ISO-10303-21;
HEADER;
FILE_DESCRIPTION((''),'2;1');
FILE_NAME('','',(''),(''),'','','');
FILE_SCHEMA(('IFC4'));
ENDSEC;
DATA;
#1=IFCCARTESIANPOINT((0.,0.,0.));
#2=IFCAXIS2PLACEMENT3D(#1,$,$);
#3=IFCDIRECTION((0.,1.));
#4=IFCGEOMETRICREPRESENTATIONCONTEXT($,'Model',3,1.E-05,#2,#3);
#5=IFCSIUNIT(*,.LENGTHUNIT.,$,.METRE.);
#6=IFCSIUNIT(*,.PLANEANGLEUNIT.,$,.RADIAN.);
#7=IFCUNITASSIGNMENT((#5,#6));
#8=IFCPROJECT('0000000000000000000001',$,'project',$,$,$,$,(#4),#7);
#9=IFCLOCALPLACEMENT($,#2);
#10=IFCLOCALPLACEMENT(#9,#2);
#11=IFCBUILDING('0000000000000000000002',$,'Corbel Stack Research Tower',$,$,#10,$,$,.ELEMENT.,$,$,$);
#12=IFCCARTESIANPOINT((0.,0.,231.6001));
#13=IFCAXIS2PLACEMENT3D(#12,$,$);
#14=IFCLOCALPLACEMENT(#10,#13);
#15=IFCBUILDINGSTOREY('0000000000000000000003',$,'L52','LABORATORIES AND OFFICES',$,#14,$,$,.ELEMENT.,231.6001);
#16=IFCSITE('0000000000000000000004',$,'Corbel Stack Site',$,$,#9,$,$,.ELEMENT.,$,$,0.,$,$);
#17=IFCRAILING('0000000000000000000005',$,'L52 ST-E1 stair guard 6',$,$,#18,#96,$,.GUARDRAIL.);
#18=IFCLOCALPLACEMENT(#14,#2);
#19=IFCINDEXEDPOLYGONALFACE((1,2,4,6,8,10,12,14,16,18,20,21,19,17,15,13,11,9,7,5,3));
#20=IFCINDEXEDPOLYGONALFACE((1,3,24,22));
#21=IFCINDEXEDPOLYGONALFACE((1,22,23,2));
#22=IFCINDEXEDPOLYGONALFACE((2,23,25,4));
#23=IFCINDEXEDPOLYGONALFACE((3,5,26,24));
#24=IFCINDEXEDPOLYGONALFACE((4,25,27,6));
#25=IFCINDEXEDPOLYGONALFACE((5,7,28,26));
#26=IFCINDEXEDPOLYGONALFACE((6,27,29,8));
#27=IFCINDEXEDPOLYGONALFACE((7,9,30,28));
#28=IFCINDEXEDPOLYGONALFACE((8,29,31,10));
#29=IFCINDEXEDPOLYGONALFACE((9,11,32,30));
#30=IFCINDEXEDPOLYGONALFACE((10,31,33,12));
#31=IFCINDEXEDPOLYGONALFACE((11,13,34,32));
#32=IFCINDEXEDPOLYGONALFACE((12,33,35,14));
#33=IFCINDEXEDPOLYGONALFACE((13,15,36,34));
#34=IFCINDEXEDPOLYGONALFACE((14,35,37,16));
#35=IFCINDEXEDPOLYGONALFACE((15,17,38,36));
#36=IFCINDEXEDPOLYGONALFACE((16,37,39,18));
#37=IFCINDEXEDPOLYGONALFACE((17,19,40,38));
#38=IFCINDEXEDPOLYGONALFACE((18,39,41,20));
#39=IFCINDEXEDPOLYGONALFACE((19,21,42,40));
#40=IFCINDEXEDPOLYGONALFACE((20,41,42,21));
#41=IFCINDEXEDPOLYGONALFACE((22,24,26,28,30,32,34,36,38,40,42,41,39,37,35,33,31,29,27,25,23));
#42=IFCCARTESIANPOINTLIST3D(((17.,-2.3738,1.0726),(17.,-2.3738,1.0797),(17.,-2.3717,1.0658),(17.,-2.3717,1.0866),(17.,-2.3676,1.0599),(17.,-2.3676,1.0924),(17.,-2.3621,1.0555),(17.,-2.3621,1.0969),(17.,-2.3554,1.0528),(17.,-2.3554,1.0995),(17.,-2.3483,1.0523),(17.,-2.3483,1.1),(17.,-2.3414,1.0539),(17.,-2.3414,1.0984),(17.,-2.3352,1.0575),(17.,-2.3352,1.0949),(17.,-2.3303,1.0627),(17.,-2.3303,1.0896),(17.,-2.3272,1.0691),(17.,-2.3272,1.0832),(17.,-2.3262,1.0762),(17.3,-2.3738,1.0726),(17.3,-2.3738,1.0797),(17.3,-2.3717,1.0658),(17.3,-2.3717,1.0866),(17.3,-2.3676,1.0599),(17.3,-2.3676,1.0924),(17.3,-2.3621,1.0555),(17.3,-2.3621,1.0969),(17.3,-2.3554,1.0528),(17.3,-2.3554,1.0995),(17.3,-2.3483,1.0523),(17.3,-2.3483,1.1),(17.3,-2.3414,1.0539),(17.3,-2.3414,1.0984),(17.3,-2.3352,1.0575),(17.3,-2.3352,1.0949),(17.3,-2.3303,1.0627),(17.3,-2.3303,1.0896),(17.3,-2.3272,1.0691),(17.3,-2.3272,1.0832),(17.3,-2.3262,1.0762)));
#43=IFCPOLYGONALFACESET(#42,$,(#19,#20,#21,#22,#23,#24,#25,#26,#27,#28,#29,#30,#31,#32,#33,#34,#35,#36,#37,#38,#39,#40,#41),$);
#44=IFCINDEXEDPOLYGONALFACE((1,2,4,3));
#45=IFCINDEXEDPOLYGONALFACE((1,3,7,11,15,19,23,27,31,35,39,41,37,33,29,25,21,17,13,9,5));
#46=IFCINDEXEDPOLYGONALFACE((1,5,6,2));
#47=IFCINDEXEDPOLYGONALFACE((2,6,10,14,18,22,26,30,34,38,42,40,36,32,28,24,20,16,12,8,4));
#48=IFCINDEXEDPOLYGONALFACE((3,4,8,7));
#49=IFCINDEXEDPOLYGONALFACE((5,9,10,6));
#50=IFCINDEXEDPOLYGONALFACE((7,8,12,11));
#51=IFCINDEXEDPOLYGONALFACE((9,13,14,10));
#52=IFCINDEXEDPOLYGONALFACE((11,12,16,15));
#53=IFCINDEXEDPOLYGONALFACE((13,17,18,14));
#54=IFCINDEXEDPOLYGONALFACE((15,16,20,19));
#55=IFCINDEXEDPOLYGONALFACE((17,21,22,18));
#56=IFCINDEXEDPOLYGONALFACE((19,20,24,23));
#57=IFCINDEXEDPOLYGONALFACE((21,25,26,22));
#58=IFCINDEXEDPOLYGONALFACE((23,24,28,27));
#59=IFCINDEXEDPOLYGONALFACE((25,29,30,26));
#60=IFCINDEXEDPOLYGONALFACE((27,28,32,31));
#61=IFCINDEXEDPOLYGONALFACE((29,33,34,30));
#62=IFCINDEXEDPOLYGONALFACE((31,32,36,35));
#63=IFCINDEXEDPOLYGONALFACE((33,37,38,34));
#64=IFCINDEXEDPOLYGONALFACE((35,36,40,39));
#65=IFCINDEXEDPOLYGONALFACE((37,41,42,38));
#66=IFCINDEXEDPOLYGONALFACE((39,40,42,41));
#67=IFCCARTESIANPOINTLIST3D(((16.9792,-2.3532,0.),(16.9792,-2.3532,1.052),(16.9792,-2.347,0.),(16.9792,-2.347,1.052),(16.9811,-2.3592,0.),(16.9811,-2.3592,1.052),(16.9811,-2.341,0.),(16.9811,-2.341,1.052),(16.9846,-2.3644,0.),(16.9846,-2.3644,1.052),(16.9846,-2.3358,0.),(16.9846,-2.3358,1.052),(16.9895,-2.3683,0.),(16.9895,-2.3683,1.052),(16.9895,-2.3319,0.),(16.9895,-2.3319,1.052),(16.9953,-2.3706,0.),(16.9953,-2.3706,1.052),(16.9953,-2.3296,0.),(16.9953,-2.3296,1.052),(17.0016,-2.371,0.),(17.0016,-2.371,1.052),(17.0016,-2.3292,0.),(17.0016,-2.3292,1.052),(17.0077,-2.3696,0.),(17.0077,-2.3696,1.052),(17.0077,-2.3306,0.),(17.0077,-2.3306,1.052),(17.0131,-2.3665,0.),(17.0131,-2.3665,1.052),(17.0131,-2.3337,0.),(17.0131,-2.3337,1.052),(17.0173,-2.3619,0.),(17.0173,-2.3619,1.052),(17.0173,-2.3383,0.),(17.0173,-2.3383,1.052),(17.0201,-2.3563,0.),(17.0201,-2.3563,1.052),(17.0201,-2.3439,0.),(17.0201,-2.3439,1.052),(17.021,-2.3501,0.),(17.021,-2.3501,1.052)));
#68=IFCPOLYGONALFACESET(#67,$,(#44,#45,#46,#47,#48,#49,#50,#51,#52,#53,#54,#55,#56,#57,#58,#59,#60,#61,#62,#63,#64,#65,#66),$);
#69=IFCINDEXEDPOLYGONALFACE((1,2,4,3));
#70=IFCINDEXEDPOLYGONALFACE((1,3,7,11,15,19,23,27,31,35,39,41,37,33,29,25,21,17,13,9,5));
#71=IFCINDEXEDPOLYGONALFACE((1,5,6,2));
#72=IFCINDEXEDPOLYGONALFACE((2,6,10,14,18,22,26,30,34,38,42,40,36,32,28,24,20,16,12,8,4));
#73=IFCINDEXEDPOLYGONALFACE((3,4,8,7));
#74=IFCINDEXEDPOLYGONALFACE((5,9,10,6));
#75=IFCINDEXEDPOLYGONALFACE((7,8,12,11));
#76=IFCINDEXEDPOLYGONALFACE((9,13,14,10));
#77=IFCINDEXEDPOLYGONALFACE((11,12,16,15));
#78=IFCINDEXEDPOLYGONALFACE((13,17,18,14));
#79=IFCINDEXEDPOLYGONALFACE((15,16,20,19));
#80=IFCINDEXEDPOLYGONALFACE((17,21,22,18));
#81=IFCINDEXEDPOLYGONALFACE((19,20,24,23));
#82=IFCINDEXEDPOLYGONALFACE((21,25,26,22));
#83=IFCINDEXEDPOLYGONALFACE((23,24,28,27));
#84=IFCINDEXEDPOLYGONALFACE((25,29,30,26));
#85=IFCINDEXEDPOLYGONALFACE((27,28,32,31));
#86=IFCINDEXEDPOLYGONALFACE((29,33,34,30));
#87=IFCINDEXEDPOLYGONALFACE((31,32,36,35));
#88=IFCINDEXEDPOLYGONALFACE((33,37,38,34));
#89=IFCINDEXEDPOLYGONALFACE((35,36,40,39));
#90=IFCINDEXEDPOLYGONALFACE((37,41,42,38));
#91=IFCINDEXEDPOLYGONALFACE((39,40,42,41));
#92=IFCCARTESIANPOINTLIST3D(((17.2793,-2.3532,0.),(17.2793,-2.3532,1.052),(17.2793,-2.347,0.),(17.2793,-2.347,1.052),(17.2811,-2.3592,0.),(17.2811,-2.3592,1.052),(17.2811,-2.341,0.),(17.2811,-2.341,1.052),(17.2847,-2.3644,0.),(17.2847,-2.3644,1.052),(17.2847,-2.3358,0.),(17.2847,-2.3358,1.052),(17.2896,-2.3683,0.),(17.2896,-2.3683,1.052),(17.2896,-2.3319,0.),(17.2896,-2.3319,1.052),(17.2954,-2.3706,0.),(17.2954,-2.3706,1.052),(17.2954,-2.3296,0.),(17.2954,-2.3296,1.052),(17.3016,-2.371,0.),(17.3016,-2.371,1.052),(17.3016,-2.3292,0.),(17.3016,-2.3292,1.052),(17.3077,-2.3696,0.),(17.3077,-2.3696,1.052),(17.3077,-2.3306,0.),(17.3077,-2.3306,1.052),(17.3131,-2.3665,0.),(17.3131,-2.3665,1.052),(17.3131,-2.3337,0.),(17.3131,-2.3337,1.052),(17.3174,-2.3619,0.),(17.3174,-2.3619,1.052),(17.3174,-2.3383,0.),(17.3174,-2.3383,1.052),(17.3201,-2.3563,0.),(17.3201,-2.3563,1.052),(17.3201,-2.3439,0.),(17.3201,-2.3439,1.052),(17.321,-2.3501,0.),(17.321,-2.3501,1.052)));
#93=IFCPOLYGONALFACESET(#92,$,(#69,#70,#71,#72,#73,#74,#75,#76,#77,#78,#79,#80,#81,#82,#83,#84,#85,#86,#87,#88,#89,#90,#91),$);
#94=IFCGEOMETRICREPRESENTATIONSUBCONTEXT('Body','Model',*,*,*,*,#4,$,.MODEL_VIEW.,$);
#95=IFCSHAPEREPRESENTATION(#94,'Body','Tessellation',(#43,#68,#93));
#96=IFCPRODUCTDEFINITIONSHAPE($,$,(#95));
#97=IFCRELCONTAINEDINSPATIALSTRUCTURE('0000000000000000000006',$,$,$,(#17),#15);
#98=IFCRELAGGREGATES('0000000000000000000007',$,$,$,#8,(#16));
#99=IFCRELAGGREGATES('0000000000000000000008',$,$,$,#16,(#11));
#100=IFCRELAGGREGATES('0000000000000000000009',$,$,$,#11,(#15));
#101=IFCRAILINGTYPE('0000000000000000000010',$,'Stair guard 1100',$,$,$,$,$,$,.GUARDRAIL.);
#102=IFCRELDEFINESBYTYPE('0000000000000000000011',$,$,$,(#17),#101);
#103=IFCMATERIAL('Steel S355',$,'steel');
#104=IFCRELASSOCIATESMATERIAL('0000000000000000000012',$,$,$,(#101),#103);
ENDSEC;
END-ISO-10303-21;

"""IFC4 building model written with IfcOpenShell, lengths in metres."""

from ifc_helpers import new_model, si_unit, direction, frame, origin, origin_2d, place, context, subcontext, project, spatial, circle, extrude, material, type_object, element, save


model = new_model("IFC4")

# Units and contexts
model_context = context("Model", 3, precision=1e-05, world=origin(), true_north=direction((0.0, 1.0)))
body_context = subcontext(model_context, "Body", "Model", "MODEL_VIEW")
ifc_project = project(units=[si_unit("LENGTHUNIT", "METRE"), si_unit("PLANEANGLEUNIT", "RADIAN")], contexts=[model_context])

# Site, building, storey
site_placement = place(None, origin())
site = spatial("IfcSite", under=ifc_project, at=site_placement, Name="Corbel Stack Site", CompositionType="ELEMENT", RefElevation=0.0)
building_placement = place(site_placement, origin())
building = spatial("IfcBuilding", under=site, at=building_placement, Name="Corbel Stack Research Tower", CompositionType="ELEMENT")
storey_placement = place(building_placement, frame((0.0, 0.0, 231.6001)))
storey = spatial("IfcBuildingStorey", under=building, at=storey_placement, Name="L52", Description="LABORATORIES AND OFFICES", CompositionType="ELEMENT", Elevation=231.6001)

# Railing
ifc_material_1 = material(Name="Steel S355", Category="steel")
railing_type_1 = type_object("IfcRailingType", Name="Stair guard 1100", PredefinedType="GUARDRAIL", material=ifc_material_1)
railing_1_placement = place(storey_placement, frame((17.0, -2.3501, 0.0)))
element("IfcRailing", 1, at=railing_1_placement, inside=storey, type_object=railing_type_1, Name="L52 ST-E1 stair guard 6", PredefinedType="GUARDRAIL", context=body_context, shape_type="SweptSolid", body=[
    extrude(circle(Radius=0.0239, at=origin_2d()), frame((0.0, 0.0, 1.0762), z_axis=(1.0, 0.0, 0.0), x_axis=(0.0, 1.0, 0.0)), (0.0, 0.0, 1.0), 0.3),
    extrude(circle(Radius=0.021, at=origin_2d()), origin(), (0.0, 0.0, 1.0), 1.052),
    extrude(circle(Radius=0.021, at=origin_2d()), frame((0.3, 0.0, 0.0)), (0.0, 0.0, 1.0), 1.052),
])

save(model, "model.ifc")
